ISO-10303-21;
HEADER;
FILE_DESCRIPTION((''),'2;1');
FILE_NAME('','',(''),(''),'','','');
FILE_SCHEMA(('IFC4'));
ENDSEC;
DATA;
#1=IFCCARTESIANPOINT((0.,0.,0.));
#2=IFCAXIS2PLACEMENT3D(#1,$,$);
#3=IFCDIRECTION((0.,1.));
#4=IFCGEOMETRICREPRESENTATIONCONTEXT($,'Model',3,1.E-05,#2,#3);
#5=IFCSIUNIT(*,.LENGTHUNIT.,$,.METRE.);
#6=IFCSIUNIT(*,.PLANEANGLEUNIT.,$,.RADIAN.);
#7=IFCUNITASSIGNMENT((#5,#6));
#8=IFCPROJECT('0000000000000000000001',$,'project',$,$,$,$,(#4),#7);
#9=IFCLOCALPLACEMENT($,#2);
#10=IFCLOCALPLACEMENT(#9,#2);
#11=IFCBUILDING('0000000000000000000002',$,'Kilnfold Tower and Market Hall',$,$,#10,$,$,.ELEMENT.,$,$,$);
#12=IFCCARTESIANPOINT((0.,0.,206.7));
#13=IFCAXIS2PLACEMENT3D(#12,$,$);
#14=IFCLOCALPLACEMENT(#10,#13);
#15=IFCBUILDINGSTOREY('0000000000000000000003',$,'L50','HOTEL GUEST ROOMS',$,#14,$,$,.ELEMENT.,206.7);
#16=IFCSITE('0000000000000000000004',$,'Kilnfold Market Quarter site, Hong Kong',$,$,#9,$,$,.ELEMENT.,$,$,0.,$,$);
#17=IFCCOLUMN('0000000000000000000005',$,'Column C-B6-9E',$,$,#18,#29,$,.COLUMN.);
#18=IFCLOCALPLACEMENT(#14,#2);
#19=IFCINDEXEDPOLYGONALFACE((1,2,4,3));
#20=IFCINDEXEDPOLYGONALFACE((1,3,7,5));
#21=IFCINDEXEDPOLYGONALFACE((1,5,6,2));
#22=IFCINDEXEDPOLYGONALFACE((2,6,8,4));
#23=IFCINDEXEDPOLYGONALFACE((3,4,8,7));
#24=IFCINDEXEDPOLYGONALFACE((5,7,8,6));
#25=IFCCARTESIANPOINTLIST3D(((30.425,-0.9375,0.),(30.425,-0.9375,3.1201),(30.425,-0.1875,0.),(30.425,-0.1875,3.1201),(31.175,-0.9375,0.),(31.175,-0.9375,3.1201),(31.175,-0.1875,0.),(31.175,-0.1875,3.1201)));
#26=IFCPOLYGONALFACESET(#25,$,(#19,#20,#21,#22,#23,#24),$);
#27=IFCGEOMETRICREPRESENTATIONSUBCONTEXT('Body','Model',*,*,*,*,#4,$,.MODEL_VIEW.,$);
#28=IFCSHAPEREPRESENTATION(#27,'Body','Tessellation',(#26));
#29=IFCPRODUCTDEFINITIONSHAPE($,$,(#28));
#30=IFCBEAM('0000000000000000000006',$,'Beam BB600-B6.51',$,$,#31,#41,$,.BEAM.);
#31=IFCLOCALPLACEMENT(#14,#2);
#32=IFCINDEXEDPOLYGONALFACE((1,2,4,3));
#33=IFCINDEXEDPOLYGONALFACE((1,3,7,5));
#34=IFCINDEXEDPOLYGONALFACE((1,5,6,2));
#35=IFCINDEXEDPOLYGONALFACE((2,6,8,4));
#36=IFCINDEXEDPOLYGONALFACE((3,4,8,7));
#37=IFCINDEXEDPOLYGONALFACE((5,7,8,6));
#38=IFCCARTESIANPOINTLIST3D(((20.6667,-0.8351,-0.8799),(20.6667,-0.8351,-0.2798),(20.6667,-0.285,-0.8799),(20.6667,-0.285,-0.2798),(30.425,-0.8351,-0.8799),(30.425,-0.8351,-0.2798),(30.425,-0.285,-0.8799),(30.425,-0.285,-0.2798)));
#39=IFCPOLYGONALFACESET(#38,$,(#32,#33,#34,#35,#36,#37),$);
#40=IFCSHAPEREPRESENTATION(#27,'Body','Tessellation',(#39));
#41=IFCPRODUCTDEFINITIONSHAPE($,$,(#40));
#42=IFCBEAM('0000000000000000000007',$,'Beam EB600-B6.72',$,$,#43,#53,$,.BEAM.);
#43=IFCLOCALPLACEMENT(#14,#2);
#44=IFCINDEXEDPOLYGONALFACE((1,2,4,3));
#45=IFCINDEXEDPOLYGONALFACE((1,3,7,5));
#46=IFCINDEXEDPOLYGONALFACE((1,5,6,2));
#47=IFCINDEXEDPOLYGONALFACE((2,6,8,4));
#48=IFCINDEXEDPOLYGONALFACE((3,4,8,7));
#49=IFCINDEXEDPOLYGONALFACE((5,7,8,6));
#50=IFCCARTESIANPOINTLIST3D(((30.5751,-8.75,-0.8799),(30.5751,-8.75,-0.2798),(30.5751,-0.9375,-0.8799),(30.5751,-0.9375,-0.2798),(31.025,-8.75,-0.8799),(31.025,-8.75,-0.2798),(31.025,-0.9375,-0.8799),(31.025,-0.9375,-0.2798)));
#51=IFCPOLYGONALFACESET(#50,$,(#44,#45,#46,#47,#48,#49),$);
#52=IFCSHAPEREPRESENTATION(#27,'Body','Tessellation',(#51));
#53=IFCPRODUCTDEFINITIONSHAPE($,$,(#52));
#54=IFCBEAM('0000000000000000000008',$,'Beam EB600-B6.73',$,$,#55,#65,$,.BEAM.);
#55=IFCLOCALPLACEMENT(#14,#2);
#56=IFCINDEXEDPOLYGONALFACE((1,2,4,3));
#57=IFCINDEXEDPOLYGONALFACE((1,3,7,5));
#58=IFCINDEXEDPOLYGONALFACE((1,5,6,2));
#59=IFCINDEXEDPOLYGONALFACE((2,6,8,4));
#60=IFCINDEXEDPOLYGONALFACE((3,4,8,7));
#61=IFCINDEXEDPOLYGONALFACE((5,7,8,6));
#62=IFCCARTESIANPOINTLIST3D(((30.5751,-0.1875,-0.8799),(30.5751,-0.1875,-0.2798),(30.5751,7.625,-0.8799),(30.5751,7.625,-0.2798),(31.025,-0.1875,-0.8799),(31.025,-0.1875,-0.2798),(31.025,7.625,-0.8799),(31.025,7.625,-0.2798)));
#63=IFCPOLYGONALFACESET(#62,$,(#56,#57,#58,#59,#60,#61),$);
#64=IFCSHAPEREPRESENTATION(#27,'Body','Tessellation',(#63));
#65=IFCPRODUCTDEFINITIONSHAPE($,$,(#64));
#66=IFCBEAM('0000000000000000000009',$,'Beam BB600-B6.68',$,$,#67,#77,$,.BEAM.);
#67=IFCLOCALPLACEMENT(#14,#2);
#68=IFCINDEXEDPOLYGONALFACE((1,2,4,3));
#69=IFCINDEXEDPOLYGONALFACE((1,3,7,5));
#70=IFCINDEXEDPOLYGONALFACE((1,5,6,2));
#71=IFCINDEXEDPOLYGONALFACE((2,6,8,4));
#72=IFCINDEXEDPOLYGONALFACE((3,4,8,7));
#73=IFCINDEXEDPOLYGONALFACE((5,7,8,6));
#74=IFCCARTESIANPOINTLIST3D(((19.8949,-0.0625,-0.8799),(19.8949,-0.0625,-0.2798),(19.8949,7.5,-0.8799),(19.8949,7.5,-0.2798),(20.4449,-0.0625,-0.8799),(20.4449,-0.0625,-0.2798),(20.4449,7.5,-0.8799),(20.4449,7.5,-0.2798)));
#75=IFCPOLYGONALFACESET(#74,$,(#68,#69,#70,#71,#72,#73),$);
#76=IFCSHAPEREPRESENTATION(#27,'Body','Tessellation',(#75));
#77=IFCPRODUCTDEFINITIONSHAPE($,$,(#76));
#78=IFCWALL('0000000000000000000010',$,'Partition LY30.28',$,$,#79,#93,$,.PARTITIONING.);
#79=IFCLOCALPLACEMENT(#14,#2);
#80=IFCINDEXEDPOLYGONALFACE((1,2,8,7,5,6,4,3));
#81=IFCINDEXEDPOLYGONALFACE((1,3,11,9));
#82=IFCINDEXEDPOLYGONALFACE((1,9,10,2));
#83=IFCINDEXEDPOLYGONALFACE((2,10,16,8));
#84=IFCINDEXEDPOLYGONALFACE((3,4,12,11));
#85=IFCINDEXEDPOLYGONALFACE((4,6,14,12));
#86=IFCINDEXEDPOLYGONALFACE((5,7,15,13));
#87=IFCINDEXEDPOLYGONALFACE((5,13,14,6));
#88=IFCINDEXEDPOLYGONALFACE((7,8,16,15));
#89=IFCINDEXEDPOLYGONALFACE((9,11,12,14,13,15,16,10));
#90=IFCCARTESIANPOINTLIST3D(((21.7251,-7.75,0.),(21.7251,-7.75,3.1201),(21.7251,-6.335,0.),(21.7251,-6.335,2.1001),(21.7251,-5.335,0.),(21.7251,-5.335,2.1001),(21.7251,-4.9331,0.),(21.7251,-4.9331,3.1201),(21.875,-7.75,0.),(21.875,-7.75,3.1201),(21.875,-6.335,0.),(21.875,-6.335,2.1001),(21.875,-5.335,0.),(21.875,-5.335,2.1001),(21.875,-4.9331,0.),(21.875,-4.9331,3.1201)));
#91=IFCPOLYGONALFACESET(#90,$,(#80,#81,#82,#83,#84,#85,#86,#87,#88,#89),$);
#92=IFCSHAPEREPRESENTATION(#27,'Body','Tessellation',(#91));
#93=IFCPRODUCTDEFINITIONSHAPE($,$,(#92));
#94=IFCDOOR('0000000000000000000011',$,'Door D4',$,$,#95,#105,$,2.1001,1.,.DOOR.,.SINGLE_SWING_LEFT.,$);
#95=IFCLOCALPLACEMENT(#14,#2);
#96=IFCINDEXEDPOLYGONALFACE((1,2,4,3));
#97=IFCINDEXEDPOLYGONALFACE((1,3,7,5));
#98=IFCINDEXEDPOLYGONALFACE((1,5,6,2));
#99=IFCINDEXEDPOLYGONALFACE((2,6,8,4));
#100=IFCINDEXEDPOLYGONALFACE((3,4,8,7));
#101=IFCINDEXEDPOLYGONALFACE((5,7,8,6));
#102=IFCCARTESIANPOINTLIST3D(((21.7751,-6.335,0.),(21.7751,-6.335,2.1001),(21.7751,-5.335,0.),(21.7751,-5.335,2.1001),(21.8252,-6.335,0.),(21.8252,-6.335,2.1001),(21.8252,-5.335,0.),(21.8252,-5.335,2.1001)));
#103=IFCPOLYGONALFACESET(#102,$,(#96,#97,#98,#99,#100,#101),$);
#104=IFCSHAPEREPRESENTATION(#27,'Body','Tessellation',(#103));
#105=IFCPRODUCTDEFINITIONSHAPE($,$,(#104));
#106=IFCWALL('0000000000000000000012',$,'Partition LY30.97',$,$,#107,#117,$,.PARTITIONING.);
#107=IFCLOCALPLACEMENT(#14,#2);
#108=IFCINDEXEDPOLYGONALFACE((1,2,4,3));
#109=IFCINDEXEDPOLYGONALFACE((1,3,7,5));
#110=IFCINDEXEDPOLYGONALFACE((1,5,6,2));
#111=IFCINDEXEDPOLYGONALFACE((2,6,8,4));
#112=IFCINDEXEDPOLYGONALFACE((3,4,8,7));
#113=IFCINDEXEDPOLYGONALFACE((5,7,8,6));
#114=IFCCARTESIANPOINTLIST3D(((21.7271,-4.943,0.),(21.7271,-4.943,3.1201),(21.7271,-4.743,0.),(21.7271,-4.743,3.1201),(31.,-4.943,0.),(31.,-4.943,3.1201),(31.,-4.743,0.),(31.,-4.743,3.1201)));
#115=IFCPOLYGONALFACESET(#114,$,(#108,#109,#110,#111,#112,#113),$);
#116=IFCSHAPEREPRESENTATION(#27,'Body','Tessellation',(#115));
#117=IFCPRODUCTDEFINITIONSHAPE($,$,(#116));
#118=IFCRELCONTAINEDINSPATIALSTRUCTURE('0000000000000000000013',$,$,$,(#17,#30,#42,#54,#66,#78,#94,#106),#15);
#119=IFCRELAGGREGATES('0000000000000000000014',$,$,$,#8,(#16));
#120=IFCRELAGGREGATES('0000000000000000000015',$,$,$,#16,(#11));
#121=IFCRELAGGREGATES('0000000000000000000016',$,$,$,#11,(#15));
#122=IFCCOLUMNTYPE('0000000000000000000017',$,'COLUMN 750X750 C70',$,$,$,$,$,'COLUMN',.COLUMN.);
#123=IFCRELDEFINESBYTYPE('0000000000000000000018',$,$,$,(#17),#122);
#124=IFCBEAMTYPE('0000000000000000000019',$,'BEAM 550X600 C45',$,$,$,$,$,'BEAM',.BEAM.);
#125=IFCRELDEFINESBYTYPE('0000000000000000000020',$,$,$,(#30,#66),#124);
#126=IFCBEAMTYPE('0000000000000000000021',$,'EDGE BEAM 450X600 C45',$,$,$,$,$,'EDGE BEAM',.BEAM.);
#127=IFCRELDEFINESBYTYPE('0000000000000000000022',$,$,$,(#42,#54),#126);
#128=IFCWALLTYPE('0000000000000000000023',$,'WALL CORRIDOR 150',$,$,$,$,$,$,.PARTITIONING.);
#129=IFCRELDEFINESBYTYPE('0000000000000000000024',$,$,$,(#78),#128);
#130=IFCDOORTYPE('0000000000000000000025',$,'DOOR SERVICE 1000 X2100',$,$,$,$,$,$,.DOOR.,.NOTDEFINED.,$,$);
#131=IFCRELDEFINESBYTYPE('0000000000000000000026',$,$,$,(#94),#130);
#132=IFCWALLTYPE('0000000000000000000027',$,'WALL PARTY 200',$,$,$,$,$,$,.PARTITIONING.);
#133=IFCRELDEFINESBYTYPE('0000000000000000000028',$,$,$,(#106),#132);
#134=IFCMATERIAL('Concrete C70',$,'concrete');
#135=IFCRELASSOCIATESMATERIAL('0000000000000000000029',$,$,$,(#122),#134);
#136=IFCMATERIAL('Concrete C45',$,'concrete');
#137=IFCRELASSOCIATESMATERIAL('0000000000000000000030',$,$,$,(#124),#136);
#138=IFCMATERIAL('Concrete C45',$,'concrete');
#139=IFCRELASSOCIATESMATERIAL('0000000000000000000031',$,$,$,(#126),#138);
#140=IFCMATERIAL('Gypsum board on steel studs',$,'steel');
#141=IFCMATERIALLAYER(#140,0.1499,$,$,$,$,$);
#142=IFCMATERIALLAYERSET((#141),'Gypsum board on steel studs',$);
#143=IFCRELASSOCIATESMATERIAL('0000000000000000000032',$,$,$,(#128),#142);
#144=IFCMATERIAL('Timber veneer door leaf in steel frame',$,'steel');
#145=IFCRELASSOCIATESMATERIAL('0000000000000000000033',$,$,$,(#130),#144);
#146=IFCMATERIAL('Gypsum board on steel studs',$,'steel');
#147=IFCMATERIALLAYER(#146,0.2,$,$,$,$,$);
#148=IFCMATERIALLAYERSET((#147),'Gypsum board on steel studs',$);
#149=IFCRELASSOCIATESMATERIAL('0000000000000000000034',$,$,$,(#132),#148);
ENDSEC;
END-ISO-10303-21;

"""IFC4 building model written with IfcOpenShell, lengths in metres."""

from ifc_helpers import new_model, si_unit, direction, frame, frame_2d, origin, origin_2d, place, context, subcontext, project, spatial, rectangle, extrude, source, transform, mapped, material, layer, layer_set, material_profile, profile_set, type_object, element, fill, save


model = new_model("IFC4")

# Units and contexts
model_context = context("Model", 3, precision=1e-05, world=origin(), true_north=direction((0.0, 1.0)))
body_context = subcontext(model_context, "Body", "Model", "MODEL_VIEW")
ifc_project = project(units=[si_unit("LENGTHUNIT", "METRE"), si_unit("PLANEANGLEUNIT", "RADIAN")], contexts=[model_context])

# Site, building, storey
site_placement = place(None, origin())
site = spatial("IfcSite", under=ifc_project, at=site_placement, Name="Kilnfold Market Quarter site, Hong Kong", CompositionType="ELEMENT", RefElevation=0.0)
building_placement = place(site_placement, origin())
building = spatial("IfcBuilding", under=site, at=building_placement, Name="Kilnfold Tower and Market Hall", CompositionType="ELEMENT")
storey_placement = place(building_placement, frame((0.0, 0.0, 206.7)))
storey = spatial("IfcBuildingStorey", under=building, at=storey_placement, Name="L50", Description="HOTEL GUEST ROOMS", CompositionType="ELEMENT", Elevation=206.7)

# Column
ifc_material_1 = material(Name="Concrete C70", Category="concrete")
ifc_material_profile_1 = material_profile(ifc_material_1, rectangle(XDim=0.75, YDim=0.75, at=origin_2d()), Name="RC 750x750")
ifc_profile_set_1 = profile_set([ifc_material_profile_1], Name="Concrete C70")
column_type = type_object("IfcColumnType", Name="COLUMN 750X750 C70", ElementType="COLUMN", PredefinedType="COLUMN", material=ifc_profile_set_1)
shared_shape_1 = source(origin(), body_context, "Body", "SweptSolid", [
    extrude(rectangle(XDim=0.75, YDim=0.75, at=origin_2d()), origin(), (0.0, 0.0, 1.0), 3.1201),
])
column_placement = place(storey_placement, frame((30.8, -0.5625, 0.0), z_axis=(0.0, 0.0, 1.0), x_axis=(1.0, 0.0, 0.0)))
element("IfcColumn", 1, at=column_placement, inside=storey, type_object=column_type, Name="Column C-B6-9E", PredefinedType="COLUMN", context=body_context, shape_type="MappedRepresentation", body=[
    mapped(shared_shape_1, transform((0.0, 0.0, 0.0))),
])

# Beams
ifc_material_2 = material(Name="Concrete C45", Category="concrete")
ifc_material_profile_2 = material_profile(ifc_material_2, rectangle(XDim=0.55, YDim=0.6001, at=origin_2d()), Name="RC 550x600")
ifc_profile_set_2 = profile_set([ifc_material_profile_2], Name="Concrete C45")
beam_type_1 = type_object("IfcBeamType", Name="BEAM 550X600 C45", ElementType="BEAM", PredefinedType="BEAM", material=ifc_profile_set_2)
shared_shape_2 = source(origin(), body_context, "Body", "SweptSolid", [
    extrude(rectangle(XDim=0.55, YDim=0.6001, at=origin_2d()), origin(), (0.0, 0.0, 1.0), 9.7583),
])
beam_1_placement = place(storey_placement, frame((20.6667, -0.5601, -0.5798), z_axis=(1.0, 0.0, 0.0), x_axis=(0.0, 1.0, 0.0)))
element("IfcBeam", 2, at=beam_1_placement, inside=storey, type_object=beam_type_1, Name="Beam BB600-B6.51", PredefinedType="BEAM", context=body_context, shape_type="MappedRepresentation", body=[
    mapped(shared_shape_2, transform((0.0, 0.0, 0.0))),
])
ifc_material_3 = material(Name="Concrete C45", Category="concrete")
ifc_material_profile_3 = material_profile(ifc_material_3, rectangle(XDim=0.45, YDim=0.6001, at=origin_2d()), Name="RC 450x600")
ifc_profile_set_3 = profile_set([ifc_material_profile_3], Name="Concrete C45")
beam_type_2 = type_object("IfcBeamType", Name="EDGE BEAM 450X600 C45", ElementType="EDGE BEAM", PredefinedType="BEAM", material=ifc_profile_set_3)
shared_shape_3 = source(origin(), body_context, "Body", "SweptSolid", [
    extrude(rectangle(XDim=0.45, YDim=0.6001, at=origin_2d()), origin(), (0.0, 0.0, 1.0), 7.8125),
])
for number, where, z_axis, x_axis, name in (
    (3, (30.8, -8.75, -0.5798), (0.0, 1.0, 0.0), (-1.0, 0.0, 0.0), "Beam EB600-B6.72"),
    (4, (30.8, -0.1875, -0.5798), (0.0, 1.0, 0.0), (-1.0, 0.0, 0.0), "Beam EB600-B6.73"),
):
    element("IfcBeam", number, at=place(storey_placement, frame(where, z_axis=z_axis, x_axis=x_axis)), inside=storey, type_object=beam_type_2, Name=name, PredefinedType="BEAM", context=body_context, shape_type="MappedRepresentation", body=[
        mapped(shared_shape_3, transform((0.0, 0.0, 0.0))),
    ])
shared_shape_4 = source(origin(), body_context, "Body", "SweptSolid", [
    extrude(rectangle(XDim=0.55, YDim=0.6001, at=origin_2d()), origin(), (0.0, 0.0, 1.0), 7.5625),
])
beam_2_placement = place(storey_placement, frame((20.1699, -0.0625, -0.5798), z_axis=(0.0, 1.0, 0.0), x_axis=(-1.0, 0.0, 0.0)))
element("IfcBeam", 5, at=beam_2_placement, inside=storey, type_object=beam_type_1, Name="Beam BB600-B6.68", PredefinedType="BEAM", context=body_context, shape_type="MappedRepresentation", body=[
    mapped(shared_shape_4, transform((0.0, 0.0, 0.0))),
])

# Wall, opening, door
ifc_material_4 = material(Name="Gypsum board on steel studs", Category="steel")
ifc_layer_1 = layer(ifc_material_4, 0.1499)
ifc_layer_set_1 = layer_set([ifc_layer_1], Name="Gypsum board on steel studs")
wall_type_1 = type_object("IfcWallType", Name="WALL CORRIDOR 150", PredefinedType="PARTITIONING", material=ifc_layer_set_1)
wall_1_placement = place(storey_placement, frame((21.8, -7.75, 0.0), z_axis=(0.0, 0.0, 1.0), x_axis=(0.0, 1.0, 0.0)))
wall_1 = element("IfcWall", 6, at=wall_1_placement, inside=storey, type_object=wall_type_1, Name="Partition LY30.28", PredefinedType="PARTITIONING", context=body_context, shape_type="SweptSolid", body=[
    extrude(rectangle(XDim=2.8169, YDim=0.1499, at=frame_2d((1.4084, 0.0))), origin(), (0.0, 0.0, 1.0), 3.1201),
])
opening_1_placement = place(wall_1_placement, frame((1.415, 0.0, 0.0)))
opening_1 = element("IfcOpeningElement", 7, at=opening_1_placement, cuts=wall_1, PredefinedType="OPENING", context=body_context, shape_type="SweptSolid", body=[
    extrude(rectangle(XDim=1.0, YDim=2.1001, at=frame_2d((0.5, 1.05))), frame((0.0, 0.085, 0.0), z_axis=(0.0, -1.0, 0.0), x_axis=(1.0, 0.0, 0.0)), (0.0, 0.0, 1.0), 0.1699),
])
ifc_material_5 = material(Name="Timber veneer door leaf in steel frame", Category="steel")
door_type_1 = type_object("IfcDoorType", Name="DOOR SERVICE 1000 X2100", OperationType="NOTDEFINED", PredefinedType="DOOR", material=ifc_material_5)
door_1_placement = place(opening_1_placement, origin())
door_1 = element("IfcDoor", 8, at=door_1_placement, inside=storey, type_object=door_type_1, Name="Door D4", OperationType="SINGLE_SWING_LEFT", OverallHeight=2.1001, OverallWidth=1.0, PredefinedType="DOOR", context=body_context, shape_type="SweptSolid", body=[
    extrude(rectangle(XDim=1.0, YDim=2.1001, at=frame_2d((0.5, 1.05))), frame((0.0, 0.0249, 0.0), z_axis=(0.0, -1.0, 0.0), x_axis=(1.0, 0.0, 0.0)), (0.0, 0.0, 1.0), 0.05),
])
fill(opening_1, door_1)

# Wall
ifc_material_6 = material(Name="Gypsum board on steel studs", Category="steel")
ifc_layer_2 = layer(ifc_material_6, 0.2)
ifc_layer_set_2 = layer_set([ifc_layer_2], Name="Gypsum board on steel studs")
wall_type_2 = type_object("IfcWallType", Name="WALL PARTY 200", PredefinedType="PARTITIONING", material=ifc_layer_set_2)
wall_2_placement = place(storey_placement, frame((21.7271, -4.843, 0.0), z_axis=(0.0, 0.0, 1.0), x_axis=(1.0, 0.0, 0.0)))
element("IfcWall", 9, at=wall_2_placement, inside=storey, type_object=wall_type_2, Name="Partition LY30.97", PredefinedType="PARTITIONING", context=body_context, shape_type="SweptSolid", body=[
    extrude(rectangle(XDim=9.2729, YDim=0.2, at=frame_2d((4.6365, 0.0))), origin(), (0.0, 0.0, 1.0), 3.1201),
])

save(model, "model.ifc")
